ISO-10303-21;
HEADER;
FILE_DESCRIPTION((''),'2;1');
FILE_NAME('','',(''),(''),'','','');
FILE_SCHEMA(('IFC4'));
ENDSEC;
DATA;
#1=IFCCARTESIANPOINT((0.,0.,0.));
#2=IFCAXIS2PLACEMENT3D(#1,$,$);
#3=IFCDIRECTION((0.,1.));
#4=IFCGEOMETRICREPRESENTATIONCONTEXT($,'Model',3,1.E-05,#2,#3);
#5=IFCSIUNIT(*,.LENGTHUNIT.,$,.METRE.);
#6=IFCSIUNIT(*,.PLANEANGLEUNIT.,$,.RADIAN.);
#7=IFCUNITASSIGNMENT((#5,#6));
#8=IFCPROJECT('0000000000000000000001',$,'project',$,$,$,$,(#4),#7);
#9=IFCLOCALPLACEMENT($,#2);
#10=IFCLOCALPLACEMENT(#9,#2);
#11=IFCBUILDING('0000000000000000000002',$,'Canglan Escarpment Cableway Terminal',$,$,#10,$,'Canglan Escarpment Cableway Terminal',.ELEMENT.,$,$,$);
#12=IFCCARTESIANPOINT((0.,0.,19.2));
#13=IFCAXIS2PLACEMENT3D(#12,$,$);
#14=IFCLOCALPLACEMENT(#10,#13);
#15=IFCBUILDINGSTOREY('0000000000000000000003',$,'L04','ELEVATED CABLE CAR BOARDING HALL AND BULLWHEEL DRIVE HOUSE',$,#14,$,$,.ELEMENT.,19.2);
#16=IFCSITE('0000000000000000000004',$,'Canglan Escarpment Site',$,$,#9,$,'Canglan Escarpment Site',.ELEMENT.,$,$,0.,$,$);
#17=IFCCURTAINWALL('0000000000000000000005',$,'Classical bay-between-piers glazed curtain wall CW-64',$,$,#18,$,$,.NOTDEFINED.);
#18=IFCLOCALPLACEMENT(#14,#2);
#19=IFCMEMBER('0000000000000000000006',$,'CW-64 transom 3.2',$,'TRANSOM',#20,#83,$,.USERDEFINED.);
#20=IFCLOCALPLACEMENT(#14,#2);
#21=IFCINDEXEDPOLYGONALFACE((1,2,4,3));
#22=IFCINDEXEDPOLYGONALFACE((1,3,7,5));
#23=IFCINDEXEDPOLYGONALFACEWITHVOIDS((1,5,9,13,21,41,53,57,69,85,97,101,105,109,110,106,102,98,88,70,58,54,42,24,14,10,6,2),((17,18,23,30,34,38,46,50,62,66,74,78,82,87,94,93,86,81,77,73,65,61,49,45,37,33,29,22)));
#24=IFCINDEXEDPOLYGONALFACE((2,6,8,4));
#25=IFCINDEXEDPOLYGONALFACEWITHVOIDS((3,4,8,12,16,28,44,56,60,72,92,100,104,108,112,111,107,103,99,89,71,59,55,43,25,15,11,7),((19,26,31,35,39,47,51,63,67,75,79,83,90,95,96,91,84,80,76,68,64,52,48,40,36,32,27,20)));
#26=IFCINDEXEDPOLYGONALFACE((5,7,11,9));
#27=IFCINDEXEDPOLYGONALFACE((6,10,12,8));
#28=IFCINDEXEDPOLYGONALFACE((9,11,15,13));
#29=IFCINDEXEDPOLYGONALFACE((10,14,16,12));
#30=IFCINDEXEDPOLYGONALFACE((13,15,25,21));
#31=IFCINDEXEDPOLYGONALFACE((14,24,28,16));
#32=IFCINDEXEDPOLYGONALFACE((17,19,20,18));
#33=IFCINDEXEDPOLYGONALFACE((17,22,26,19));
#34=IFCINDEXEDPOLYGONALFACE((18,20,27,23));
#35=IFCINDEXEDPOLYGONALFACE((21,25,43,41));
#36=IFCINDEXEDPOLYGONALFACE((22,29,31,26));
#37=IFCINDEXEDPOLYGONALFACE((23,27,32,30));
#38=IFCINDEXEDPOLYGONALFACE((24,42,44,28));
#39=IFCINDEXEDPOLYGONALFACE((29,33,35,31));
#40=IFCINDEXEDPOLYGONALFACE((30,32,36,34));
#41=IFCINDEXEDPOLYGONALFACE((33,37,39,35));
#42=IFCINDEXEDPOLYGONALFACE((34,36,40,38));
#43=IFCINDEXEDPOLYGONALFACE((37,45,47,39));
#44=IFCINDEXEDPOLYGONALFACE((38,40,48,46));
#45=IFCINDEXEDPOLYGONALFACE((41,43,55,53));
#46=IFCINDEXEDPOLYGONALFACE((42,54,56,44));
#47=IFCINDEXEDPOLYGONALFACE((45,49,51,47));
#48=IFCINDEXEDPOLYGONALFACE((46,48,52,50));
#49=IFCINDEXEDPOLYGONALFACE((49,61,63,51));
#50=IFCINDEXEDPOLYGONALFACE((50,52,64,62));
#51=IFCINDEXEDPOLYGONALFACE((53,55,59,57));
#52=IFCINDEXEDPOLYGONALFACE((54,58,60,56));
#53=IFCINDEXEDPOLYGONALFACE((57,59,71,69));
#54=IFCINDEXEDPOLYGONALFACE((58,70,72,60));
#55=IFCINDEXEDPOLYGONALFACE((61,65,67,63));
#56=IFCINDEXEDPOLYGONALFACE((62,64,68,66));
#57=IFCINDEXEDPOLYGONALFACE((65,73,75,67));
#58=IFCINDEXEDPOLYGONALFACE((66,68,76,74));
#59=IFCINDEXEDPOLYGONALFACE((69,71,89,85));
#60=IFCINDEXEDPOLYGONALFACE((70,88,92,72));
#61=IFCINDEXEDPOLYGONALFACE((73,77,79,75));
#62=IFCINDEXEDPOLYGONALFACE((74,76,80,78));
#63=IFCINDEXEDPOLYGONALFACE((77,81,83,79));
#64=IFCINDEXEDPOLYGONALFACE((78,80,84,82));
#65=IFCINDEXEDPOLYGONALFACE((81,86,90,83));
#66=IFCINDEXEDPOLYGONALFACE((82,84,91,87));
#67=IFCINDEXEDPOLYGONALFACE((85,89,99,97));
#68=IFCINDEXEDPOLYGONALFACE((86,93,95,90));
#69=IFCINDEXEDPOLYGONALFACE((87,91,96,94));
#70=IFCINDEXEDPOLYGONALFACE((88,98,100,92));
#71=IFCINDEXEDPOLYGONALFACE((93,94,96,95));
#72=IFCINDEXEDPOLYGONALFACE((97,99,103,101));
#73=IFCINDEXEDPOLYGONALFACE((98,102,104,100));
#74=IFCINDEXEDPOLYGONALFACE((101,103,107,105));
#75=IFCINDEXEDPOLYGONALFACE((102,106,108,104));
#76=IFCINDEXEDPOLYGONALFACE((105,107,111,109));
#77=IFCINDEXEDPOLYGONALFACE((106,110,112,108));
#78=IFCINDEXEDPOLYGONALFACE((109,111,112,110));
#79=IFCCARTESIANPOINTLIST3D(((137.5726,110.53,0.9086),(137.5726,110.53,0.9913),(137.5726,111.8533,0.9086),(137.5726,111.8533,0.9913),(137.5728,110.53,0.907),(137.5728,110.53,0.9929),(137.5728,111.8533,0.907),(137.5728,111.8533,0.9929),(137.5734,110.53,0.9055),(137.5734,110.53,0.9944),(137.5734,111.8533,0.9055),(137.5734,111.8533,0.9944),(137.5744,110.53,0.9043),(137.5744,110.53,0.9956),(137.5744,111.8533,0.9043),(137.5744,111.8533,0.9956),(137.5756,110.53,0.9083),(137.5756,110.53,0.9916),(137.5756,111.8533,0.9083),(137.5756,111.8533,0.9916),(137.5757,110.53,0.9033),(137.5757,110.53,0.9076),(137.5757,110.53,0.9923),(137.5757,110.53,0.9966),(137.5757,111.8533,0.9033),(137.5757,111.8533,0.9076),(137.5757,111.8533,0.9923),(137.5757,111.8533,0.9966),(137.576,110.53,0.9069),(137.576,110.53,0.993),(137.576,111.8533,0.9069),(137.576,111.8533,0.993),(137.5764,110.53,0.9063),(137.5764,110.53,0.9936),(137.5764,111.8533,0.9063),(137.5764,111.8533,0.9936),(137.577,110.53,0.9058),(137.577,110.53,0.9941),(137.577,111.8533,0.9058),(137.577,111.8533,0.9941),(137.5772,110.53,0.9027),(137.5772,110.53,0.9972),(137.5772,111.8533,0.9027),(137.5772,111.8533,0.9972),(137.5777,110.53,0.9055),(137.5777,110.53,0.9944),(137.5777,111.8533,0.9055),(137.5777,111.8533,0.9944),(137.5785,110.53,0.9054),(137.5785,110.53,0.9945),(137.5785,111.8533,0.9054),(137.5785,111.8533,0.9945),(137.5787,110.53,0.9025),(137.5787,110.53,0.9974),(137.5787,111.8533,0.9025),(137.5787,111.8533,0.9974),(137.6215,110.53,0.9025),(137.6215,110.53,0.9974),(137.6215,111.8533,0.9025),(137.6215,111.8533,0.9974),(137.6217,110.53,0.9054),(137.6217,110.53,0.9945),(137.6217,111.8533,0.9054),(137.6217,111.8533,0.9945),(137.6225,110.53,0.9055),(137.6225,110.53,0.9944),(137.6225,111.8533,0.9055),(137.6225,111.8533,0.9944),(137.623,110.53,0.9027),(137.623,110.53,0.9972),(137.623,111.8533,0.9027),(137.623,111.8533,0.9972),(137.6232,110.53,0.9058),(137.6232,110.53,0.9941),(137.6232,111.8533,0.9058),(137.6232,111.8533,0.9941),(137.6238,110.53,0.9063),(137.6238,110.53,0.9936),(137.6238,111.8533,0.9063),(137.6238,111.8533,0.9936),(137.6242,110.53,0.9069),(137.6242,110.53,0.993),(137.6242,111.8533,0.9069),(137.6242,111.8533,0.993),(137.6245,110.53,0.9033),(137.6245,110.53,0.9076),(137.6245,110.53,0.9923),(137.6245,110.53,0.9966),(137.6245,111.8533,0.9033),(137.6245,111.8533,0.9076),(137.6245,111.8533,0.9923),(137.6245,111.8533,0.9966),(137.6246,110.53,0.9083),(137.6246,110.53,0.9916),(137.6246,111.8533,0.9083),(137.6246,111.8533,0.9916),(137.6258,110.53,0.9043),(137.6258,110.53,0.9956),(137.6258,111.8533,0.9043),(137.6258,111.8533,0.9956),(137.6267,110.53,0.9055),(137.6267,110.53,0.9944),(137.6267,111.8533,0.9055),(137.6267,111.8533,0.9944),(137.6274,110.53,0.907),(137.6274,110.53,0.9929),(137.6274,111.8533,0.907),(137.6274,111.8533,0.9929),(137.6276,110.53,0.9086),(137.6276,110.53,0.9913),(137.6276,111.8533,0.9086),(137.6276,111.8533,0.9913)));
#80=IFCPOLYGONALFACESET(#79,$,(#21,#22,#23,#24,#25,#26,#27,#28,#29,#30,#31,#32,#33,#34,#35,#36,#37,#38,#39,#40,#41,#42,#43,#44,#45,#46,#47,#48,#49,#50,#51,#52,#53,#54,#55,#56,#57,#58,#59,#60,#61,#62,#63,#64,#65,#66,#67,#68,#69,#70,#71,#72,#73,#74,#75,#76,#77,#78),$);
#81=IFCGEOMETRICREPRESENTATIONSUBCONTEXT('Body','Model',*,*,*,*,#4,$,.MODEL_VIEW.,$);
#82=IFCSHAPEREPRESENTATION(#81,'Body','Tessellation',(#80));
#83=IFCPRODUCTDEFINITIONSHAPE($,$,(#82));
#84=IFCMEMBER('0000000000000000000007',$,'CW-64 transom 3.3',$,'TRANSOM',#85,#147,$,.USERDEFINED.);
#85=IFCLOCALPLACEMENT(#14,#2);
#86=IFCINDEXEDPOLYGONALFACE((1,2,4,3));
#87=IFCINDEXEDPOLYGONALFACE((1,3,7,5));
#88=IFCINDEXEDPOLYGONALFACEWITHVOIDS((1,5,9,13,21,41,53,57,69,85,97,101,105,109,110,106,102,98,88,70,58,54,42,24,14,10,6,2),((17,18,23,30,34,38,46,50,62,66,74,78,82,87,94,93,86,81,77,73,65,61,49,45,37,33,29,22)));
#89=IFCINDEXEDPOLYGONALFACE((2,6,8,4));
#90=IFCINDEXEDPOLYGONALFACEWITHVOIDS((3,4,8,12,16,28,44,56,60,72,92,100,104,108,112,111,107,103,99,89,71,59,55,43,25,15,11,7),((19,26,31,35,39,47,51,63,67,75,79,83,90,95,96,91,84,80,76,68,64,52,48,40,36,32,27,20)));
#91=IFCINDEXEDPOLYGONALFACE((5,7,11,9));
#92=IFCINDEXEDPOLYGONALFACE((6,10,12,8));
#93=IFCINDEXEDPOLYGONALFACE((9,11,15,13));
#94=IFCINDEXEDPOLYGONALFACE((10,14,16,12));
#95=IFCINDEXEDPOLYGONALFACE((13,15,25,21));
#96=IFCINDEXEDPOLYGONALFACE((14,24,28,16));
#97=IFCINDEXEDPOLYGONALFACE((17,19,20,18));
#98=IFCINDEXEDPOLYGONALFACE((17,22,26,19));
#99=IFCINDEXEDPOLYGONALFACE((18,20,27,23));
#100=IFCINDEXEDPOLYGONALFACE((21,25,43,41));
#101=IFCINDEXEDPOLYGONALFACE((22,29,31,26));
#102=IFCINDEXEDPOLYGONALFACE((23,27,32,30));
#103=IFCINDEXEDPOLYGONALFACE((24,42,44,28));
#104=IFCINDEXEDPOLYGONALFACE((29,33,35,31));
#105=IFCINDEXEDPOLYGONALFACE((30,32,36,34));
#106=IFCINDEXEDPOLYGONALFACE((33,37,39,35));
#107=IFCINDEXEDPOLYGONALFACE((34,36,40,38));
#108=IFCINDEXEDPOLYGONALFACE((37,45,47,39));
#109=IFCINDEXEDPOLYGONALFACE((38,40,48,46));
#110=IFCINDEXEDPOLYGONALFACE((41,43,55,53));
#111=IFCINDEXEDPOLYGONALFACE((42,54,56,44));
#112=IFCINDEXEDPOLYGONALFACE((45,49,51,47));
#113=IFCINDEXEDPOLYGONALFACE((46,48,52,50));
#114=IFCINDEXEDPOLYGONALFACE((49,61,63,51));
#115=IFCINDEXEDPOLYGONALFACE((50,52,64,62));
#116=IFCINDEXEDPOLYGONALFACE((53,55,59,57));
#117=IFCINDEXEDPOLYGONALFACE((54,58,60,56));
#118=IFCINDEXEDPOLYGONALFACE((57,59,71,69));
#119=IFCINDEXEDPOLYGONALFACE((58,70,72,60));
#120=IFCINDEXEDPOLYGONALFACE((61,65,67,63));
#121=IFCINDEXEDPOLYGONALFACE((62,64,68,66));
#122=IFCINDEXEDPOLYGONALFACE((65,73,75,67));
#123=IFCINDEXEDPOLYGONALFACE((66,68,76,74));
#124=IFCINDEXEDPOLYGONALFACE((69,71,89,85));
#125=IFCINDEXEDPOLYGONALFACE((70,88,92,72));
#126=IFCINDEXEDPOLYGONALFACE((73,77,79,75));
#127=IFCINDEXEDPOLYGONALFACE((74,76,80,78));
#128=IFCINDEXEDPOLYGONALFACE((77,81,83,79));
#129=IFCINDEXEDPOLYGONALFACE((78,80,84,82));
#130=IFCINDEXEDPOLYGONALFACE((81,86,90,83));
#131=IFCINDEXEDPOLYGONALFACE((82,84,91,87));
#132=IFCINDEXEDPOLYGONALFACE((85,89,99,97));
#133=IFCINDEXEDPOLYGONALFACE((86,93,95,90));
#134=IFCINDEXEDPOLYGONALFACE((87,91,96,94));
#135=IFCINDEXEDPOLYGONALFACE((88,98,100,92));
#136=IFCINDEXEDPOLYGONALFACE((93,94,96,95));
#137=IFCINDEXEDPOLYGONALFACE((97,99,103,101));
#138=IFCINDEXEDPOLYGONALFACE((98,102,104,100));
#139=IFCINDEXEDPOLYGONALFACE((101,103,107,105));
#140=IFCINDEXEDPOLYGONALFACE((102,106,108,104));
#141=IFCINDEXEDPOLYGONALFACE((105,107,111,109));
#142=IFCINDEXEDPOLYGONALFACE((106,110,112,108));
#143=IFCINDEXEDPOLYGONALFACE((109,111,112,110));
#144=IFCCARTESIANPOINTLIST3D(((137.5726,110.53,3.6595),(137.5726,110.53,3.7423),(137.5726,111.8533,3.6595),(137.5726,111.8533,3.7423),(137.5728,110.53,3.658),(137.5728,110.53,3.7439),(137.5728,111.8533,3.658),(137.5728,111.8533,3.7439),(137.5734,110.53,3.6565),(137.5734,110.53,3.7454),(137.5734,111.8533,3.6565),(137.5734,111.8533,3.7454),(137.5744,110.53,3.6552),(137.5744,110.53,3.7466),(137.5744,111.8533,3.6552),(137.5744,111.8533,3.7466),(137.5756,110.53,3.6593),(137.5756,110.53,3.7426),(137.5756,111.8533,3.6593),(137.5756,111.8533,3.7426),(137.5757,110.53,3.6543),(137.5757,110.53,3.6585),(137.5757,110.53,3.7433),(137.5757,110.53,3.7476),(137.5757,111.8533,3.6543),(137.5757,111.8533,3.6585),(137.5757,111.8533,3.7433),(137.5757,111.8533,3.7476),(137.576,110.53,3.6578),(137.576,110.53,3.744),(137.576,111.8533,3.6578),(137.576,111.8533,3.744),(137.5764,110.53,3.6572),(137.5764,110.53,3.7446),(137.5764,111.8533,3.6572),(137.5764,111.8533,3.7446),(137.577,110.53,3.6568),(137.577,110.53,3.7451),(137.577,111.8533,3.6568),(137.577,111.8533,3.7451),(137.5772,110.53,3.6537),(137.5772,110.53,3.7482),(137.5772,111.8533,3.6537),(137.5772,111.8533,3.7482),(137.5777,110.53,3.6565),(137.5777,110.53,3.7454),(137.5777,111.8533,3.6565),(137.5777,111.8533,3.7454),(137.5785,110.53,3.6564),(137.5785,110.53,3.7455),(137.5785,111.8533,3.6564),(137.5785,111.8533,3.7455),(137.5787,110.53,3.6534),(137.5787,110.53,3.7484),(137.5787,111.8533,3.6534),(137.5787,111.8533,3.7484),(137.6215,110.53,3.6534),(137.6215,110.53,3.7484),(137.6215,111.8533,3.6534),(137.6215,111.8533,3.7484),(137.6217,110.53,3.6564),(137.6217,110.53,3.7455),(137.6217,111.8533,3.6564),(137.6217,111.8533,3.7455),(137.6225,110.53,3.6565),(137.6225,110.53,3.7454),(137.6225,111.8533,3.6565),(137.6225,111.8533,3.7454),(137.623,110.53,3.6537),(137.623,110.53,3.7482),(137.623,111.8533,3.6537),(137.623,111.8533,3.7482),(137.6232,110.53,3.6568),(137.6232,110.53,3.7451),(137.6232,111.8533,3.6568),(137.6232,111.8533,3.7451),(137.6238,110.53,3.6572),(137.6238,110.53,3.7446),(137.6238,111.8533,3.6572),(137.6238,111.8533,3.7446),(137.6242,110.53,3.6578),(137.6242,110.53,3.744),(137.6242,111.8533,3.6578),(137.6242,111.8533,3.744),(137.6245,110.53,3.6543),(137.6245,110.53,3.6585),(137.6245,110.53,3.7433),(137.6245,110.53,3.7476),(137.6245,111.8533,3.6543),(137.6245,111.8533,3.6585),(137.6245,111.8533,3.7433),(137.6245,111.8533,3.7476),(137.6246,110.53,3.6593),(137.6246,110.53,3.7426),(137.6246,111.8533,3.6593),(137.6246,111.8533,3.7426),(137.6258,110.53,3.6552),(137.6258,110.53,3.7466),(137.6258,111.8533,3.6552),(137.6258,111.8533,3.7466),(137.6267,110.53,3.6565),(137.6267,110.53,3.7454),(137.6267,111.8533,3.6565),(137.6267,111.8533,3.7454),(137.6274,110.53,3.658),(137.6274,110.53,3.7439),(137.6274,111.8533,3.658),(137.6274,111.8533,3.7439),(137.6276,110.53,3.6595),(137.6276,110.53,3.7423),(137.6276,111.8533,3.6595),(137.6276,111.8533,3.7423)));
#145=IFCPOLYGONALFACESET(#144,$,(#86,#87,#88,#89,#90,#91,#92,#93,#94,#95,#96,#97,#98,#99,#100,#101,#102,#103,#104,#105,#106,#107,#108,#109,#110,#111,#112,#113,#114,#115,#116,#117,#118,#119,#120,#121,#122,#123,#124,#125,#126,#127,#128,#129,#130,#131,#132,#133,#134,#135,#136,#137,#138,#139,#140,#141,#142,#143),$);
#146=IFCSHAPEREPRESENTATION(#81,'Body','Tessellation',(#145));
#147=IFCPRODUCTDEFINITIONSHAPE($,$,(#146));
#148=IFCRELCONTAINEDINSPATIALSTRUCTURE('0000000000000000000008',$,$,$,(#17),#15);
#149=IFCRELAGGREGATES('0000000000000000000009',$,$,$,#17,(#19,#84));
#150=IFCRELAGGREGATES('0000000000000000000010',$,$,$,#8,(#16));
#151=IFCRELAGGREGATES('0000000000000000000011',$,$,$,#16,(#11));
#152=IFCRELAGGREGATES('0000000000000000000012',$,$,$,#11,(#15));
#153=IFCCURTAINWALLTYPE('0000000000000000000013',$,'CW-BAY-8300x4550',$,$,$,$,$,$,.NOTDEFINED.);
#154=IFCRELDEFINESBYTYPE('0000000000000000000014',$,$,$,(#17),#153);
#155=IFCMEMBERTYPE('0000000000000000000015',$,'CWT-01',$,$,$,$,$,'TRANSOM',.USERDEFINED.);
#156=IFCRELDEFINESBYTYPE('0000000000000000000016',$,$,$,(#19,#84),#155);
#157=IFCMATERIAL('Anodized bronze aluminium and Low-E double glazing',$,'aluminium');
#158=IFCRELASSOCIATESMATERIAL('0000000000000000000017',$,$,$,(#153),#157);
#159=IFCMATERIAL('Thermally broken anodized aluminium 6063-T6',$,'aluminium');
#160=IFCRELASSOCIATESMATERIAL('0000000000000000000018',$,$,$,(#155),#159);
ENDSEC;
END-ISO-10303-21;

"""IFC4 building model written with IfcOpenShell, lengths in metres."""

from ifc_helpers import new_model, si_unit, direction, frame, origin, origin_2d, place, context, subcontext, project, spatial, hollow_rectangle, extrude, material, material_profile, profile_set, type_object, element, aggregate, save


model = new_model("IFC4")

# Units and contexts
model_context = context("Model", 3, precision=1e-05, world=origin(), true_north=direction((0.0, 1.0)))
body_context = subcontext(model_context, "Body", "Model", "MODEL_VIEW")
ifc_project = project(units=[si_unit("LENGTHUNIT", "METRE"), si_unit("PLANEANGLEUNIT", "RADIAN")], contexts=[model_context])

# Site, building, storey
site_placement = place(None, origin())
site = spatial("IfcSite", under=ifc_project, at=site_placement, Name="Canglan Escarpment Site", LongName="Canglan Escarpment Site", CompositionType="ELEMENT", RefElevation=0.0)
building_placement = place(site_placement, origin())
building = spatial("IfcBuilding", under=site, at=building_placement, Name="Canglan Escarpment Cableway Terminal", LongName="Canglan Escarpment Cableway Terminal", CompositionType="ELEMENT")
storey_placement = place(building_placement, frame((0.0, 0.0, 19.2)))
storey = spatial("IfcBuildingStorey", under=building, at=storey_placement, Name="L04", Description="ELEVATED CABLE CAR BOARDING HALL AND BULLWHEEL DRIVE HOUSE", CompositionType="ELEMENT", Elevation=19.2)

# Curtain wall, members
ifc_material_1 = material(Name="Anodized bronze aluminium and Low-E double glazing", Category="aluminium")
curtain_wall_type_1 = type_object("IfcCurtainWallType", Name="CW-BAY-8300x4550", PredefinedType="NOTDEFINED", material=ifc_material_1)
curtain_wall_1_placement = place(storey_placement, origin())
curtain_wall_1 = element("IfcCurtainWall", 1, at=curtain_wall_1_placement, inside=storey, type_object=curtain_wall_type_1, Name="Classical bay-between-piers glazed curtain wall CW-64", PredefinedType="NOTDEFINED")
ifc_material_2 = material(Name="Thermally broken anodized aluminium 6063-T6", Category="aluminium")
ifc_material_profile_1 = material_profile(ifc_material_2, hollow_rectangle(XDim=0.0549, YDim=0.095, WallThickness=0.0029, InnerFilletRadius=0.0029, OuterFilletRadius=0.0061, at=origin_2d()), Name="ALU-TRAN 55x95x3")
ifc_profile_set_1 = profile_set([ifc_material_profile_1], Name="Thermally broken anodized aluminium 6063-T6")
member_type_1 = type_object("IfcMemberType", Name="CWT-01", ElementType="TRANSOM", PredefinedType="USERDEFINED", material=ifc_profile_set_1)
member_1_placement = place(storey_placement, frame((137.6001, 111.8533, 0.95), z_axis=(0.0, -1.0, 0.0), x_axis=(1.0, 0.0, 0.0)))
member_1 = element("IfcMember", 2, at=member_1_placement, type_object=member_type_1, Name="CW-64 transom 3.2", ObjectType="TRANSOM", PredefinedType="USERDEFINED", context=body_context, shape_type="SweptSolid", body=[
    extrude(hollow_rectangle(XDim=0.0549, YDim=0.095, WallThickness=0.0029, InnerFilletRadius=0.0029, OuterFilletRadius=0.0061, at=origin_2d()), origin(), (0.0, 0.0, 1.0), 1.3232),
])
member_2_placement = place(storey_placement, frame((137.6001, 111.8533, 3.7009), z_axis=(0.0, -1.0, 0.0), x_axis=(1.0, 0.0, 0.0)))
member_2 = element("IfcMember", 3, at=member_2_placement, type_object=member_type_1, Name="CW-64 transom 3.3", ObjectType="TRANSOM", PredefinedType="USERDEFINED", context=body_context, shape_type="SweptSolid", body=[
    extrude(hollow_rectangle(XDim=0.0549, YDim=0.095, WallThickness=0.0029, InnerFilletRadius=0.0029, OuterFilletRadius=0.0061, at=origin_2d()), origin(), (0.0, 0.0, 1.0), 1.3232),
])

aggregate(curtain_wall_1, [member_1, member_2])

save(model, "model.ifc")
